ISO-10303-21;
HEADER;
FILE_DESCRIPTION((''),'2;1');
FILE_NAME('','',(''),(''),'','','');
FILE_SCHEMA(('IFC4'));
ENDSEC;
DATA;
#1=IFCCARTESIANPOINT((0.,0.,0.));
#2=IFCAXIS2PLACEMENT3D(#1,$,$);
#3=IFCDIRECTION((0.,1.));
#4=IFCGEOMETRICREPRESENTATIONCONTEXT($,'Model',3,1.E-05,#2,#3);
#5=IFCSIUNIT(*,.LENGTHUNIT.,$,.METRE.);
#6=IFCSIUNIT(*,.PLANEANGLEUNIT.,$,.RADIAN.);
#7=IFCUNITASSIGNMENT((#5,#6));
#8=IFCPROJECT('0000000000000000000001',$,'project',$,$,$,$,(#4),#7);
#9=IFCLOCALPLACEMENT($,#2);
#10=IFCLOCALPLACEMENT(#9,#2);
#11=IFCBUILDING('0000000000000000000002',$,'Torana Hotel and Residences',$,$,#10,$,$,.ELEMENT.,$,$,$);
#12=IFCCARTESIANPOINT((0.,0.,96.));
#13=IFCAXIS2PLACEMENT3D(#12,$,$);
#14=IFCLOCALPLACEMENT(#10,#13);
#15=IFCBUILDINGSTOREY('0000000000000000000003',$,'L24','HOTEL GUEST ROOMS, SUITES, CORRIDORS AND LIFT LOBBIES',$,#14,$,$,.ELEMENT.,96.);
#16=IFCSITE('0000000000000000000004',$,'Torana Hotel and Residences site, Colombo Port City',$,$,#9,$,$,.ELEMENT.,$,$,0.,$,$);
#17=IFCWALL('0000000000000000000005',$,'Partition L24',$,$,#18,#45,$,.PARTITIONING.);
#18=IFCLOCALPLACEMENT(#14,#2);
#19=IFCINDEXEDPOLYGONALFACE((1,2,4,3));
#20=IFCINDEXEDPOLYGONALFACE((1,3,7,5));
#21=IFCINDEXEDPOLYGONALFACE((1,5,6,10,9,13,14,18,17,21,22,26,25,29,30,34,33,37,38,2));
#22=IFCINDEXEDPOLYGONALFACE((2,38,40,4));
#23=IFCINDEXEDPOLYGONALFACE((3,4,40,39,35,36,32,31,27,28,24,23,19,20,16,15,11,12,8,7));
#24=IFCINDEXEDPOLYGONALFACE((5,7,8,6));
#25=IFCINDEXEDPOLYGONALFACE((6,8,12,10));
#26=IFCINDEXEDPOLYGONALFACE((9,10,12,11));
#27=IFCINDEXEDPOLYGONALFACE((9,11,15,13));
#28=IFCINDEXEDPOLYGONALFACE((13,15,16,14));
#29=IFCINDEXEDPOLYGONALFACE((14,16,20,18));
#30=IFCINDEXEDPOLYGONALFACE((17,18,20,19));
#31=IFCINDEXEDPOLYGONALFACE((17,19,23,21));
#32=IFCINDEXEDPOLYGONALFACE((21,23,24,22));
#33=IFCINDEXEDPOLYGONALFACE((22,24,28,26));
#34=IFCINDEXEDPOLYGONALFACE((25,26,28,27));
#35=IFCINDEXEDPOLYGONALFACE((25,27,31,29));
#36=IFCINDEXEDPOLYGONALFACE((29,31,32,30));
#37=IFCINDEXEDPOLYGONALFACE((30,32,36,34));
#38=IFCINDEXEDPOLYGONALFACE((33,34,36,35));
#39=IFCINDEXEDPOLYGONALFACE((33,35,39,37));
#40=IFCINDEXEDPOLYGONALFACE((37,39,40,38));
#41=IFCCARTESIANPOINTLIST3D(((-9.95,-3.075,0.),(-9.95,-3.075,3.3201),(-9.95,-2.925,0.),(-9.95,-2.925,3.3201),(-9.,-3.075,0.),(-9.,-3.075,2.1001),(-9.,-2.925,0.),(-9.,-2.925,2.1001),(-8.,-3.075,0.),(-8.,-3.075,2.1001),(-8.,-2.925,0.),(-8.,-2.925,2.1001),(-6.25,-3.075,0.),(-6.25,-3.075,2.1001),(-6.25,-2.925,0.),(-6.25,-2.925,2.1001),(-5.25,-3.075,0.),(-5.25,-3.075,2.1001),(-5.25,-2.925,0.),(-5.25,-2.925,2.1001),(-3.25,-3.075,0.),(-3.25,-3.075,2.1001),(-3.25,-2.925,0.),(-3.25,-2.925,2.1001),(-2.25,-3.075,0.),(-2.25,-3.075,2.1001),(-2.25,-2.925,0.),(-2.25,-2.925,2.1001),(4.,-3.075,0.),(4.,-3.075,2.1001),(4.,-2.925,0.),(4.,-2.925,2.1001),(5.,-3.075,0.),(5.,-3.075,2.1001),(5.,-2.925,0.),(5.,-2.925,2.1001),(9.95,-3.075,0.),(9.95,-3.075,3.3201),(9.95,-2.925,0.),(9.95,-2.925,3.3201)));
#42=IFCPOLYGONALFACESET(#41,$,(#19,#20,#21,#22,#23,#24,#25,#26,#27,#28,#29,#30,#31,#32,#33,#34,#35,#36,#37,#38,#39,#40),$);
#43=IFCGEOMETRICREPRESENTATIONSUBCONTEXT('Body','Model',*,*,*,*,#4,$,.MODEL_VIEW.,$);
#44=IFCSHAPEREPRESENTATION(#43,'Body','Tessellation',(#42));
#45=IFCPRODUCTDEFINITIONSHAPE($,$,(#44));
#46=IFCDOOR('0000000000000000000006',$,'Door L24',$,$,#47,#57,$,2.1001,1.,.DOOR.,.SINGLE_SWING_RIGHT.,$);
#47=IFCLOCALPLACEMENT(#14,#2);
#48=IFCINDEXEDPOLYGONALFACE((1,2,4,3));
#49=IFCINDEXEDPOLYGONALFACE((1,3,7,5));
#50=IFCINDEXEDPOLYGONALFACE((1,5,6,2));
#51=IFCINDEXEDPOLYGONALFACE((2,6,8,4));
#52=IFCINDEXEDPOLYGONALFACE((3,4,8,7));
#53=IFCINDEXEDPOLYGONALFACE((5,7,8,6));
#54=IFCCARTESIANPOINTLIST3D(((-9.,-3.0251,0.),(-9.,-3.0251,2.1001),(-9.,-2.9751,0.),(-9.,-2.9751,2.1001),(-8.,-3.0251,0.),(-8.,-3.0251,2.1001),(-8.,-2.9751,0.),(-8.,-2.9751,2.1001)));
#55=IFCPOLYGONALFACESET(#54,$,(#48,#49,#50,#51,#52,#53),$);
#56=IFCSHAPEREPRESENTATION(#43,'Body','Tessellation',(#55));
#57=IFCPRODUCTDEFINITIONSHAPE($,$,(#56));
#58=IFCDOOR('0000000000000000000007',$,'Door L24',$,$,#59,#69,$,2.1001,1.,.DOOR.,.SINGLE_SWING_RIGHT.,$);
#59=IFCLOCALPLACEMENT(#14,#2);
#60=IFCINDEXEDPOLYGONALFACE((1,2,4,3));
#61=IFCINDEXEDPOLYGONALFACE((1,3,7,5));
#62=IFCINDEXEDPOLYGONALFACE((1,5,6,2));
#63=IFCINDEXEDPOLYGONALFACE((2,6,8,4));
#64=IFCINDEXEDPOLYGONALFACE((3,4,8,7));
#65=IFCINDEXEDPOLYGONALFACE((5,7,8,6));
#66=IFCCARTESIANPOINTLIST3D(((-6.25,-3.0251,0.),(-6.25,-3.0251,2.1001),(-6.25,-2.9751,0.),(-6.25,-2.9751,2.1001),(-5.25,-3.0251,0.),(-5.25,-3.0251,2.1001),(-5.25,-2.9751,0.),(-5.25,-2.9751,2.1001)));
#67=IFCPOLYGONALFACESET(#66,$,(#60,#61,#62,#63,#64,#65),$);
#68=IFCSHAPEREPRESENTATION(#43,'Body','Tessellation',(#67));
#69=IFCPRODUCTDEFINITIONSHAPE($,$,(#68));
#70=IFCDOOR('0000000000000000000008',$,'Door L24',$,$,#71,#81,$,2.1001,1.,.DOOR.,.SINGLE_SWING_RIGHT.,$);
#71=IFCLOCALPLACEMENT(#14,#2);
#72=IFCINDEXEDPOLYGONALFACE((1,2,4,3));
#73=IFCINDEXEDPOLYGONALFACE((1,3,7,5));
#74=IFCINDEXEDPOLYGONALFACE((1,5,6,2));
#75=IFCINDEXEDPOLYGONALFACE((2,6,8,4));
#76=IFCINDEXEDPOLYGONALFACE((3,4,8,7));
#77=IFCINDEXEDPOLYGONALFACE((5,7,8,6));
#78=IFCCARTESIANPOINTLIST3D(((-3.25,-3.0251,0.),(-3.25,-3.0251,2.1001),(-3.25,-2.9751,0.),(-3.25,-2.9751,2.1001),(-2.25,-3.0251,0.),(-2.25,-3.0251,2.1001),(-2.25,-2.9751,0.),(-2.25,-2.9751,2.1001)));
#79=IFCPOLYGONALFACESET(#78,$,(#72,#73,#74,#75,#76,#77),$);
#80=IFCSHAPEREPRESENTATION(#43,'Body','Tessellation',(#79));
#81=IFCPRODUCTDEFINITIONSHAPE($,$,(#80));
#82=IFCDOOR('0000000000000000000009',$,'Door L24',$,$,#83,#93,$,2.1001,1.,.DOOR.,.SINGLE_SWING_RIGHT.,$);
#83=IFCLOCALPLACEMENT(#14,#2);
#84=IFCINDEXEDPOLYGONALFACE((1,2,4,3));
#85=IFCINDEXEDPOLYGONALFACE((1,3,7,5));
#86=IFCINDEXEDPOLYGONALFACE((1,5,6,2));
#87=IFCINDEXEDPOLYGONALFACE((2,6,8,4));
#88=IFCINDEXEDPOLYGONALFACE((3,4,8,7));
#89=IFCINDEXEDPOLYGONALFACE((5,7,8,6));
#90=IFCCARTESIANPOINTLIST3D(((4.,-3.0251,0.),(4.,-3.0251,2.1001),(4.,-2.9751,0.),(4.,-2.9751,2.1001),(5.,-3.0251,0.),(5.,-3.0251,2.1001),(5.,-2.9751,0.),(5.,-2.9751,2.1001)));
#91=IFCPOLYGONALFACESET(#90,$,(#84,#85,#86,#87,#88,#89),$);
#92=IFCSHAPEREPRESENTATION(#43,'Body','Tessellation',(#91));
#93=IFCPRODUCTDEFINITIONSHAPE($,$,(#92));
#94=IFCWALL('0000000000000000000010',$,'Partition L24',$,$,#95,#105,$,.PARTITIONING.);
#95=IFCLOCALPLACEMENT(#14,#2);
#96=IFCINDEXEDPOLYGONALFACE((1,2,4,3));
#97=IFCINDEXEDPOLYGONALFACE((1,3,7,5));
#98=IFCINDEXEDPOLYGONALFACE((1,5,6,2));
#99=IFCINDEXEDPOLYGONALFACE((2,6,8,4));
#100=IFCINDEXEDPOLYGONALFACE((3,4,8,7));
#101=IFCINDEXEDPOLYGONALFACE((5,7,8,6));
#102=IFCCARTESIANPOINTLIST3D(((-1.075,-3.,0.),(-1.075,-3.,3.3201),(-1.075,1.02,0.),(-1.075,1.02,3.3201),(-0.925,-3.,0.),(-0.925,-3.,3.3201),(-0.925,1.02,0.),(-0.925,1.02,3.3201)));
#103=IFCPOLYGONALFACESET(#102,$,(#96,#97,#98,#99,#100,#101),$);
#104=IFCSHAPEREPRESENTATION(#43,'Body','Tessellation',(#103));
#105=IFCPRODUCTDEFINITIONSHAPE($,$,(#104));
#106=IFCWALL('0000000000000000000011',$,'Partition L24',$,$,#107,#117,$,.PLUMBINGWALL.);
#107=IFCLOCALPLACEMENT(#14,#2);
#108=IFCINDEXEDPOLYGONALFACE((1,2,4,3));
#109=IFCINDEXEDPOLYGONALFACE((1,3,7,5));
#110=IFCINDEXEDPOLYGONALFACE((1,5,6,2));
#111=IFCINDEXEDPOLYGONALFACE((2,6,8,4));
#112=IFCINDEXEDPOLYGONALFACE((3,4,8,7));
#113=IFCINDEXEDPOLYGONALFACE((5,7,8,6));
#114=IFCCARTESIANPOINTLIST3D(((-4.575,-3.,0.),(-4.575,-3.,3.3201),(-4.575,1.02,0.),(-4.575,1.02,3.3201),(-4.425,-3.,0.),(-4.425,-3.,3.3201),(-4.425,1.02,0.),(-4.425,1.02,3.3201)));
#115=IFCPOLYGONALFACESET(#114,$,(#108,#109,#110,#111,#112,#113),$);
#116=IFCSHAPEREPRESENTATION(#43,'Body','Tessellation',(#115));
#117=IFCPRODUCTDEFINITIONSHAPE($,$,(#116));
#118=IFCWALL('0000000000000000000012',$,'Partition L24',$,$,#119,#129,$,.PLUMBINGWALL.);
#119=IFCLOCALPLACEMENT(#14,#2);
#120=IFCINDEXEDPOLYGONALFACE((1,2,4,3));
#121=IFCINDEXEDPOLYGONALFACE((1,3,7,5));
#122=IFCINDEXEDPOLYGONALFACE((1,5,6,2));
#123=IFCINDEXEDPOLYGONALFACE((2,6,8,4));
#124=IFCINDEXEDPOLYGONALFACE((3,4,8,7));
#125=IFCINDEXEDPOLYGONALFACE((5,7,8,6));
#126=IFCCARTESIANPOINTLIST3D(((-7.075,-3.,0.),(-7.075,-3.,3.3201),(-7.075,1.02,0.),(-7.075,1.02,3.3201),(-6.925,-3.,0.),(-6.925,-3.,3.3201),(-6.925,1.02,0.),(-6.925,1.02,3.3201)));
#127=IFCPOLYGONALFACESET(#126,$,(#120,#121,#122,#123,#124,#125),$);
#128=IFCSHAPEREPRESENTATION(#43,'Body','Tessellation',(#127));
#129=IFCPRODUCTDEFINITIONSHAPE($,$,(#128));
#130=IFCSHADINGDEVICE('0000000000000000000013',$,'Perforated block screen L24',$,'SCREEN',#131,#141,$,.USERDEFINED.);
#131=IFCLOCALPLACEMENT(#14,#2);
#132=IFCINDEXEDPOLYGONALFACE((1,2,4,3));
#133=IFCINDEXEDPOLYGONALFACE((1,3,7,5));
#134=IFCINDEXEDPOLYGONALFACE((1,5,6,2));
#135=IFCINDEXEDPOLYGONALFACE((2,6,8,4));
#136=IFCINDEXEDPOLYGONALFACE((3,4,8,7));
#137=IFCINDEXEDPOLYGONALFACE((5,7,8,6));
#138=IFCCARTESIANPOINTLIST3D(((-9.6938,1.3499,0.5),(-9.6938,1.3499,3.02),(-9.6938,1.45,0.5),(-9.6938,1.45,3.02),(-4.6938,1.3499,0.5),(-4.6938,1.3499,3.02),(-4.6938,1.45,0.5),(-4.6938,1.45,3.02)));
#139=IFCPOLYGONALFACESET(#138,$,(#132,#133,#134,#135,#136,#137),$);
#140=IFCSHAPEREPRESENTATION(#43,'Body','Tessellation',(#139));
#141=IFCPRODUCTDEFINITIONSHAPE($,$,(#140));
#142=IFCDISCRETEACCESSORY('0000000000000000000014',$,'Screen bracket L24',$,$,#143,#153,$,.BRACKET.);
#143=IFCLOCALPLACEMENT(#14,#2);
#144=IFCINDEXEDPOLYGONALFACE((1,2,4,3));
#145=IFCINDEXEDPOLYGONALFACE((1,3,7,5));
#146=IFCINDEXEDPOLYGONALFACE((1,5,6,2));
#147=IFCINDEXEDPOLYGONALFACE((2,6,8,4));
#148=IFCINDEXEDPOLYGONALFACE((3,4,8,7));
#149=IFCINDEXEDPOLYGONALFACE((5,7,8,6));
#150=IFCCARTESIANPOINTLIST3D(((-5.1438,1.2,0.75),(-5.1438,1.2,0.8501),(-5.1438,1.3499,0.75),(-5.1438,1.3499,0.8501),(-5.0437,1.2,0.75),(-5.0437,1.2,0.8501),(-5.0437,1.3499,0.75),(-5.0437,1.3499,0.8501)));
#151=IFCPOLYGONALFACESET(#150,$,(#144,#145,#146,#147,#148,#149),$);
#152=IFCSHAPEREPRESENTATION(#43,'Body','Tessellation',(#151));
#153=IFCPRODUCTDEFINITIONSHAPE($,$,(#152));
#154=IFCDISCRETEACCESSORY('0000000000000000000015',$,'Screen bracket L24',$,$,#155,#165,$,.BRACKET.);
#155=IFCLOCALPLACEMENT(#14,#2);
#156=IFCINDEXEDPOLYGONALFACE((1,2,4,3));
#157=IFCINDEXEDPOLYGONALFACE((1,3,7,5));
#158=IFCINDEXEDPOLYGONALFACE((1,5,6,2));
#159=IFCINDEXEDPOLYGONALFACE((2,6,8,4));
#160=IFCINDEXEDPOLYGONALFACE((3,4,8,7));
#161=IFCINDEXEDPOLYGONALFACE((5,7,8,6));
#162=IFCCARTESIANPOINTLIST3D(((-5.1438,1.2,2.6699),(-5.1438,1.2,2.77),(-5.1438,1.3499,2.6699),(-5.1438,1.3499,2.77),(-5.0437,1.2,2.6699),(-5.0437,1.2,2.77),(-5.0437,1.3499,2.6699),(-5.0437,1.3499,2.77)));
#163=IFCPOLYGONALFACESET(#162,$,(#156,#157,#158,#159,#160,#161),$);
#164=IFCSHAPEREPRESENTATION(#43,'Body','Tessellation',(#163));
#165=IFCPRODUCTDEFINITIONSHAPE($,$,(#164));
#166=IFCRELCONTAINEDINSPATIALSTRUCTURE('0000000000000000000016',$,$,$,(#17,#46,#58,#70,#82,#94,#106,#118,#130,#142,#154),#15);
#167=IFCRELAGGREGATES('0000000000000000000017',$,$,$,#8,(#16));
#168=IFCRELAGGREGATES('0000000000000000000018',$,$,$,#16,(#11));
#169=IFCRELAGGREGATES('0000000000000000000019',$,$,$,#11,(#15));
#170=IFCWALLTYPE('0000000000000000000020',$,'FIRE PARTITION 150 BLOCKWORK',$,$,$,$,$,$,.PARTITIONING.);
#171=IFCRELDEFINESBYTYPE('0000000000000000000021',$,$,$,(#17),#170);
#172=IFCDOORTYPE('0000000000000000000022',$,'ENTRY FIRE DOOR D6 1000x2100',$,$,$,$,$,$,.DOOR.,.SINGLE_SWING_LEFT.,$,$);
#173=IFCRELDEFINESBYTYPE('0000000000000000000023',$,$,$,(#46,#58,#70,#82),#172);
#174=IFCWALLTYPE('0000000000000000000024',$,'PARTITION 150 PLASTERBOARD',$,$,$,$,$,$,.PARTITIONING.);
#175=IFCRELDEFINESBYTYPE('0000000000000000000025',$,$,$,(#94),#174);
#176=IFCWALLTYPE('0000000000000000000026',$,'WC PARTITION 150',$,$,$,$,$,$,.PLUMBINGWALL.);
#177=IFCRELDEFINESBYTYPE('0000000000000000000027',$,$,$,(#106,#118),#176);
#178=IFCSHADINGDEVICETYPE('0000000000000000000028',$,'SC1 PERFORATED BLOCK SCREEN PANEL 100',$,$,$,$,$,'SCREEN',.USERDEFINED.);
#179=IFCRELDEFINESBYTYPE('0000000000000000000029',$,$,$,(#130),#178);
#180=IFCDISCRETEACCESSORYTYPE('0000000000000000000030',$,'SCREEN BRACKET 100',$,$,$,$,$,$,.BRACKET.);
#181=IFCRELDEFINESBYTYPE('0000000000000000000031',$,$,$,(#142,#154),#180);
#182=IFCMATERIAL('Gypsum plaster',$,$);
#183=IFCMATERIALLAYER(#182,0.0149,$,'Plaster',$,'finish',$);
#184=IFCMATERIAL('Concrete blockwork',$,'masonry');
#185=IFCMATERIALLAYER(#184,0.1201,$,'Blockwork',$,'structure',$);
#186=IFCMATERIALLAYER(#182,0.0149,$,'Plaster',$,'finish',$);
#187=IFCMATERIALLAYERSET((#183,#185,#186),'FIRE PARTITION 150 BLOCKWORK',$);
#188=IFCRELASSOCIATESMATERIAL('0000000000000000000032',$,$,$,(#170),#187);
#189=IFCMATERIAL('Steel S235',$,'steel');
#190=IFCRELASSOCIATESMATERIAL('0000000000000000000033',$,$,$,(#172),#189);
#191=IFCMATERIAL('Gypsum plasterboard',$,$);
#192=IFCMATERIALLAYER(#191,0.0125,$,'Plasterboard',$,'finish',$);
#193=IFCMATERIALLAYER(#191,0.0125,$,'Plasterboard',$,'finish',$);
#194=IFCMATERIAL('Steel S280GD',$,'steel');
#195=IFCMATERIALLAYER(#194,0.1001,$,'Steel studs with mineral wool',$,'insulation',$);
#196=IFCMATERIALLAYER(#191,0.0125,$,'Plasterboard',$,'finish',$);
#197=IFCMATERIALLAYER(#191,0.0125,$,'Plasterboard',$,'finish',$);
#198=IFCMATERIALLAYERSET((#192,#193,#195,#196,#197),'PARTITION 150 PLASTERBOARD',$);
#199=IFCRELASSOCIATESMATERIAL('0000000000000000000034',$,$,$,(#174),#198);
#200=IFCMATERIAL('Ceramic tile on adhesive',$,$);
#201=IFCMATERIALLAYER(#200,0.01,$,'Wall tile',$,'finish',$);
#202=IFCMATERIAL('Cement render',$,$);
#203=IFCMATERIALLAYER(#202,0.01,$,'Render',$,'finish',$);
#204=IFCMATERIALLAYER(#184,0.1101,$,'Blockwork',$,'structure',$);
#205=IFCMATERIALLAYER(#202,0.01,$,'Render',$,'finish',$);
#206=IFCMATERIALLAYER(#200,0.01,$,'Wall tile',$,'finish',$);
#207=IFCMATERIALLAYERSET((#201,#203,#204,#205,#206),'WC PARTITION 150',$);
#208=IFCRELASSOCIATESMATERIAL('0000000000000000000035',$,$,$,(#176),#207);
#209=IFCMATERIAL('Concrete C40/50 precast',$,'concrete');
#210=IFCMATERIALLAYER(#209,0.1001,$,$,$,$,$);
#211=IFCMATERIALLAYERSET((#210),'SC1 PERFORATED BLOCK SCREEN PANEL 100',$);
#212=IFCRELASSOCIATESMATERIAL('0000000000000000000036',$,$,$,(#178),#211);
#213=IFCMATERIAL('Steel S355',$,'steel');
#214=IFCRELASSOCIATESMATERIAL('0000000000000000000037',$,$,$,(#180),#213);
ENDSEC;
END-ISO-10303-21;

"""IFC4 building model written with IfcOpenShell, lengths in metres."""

from ifc_helpers import new_model, si_unit, direction, frame, frame_2d, origin, origin_2d, place, context, subcontext, project, spatial, rectangle, extrude, material, layer, layer_set, type_object, element, fill, save


model = new_model("IFC4")

# Units and contexts
model_context = context("Model", 3, precision=1e-05, world=origin(), true_north=direction((0.0, 1.0)))
body_context = subcontext(model_context, "Body", "Model", "MODEL_VIEW")
ifc_project = project(units=[si_unit("LENGTHUNIT", "METRE"), si_unit("PLANEANGLEUNIT", "RADIAN")], contexts=[model_context])

# Site, building, storey
site_placement = place(None, origin())
site = spatial("IfcSite", under=ifc_project, at=site_placement, Name="Torana Hotel and Residences site, Colombo Port City", CompositionType="ELEMENT", RefElevation=0.0)
building_placement = place(site_placement, origin())
building = spatial("IfcBuilding", under=site, at=building_placement, Name="Torana Hotel and Residences", CompositionType="ELEMENT")
storey_placement = place(building_placement, frame((0.0, 0.0, 96.0)))
storey = spatial("IfcBuildingStorey", under=building, at=storey_placement, Name="L24", Description="HOTEL GUEST ROOMS, SUITES, CORRIDORS AND LIFT LOBBIES", CompositionType="ELEMENT", Elevation=96.0)

# Shared definitions
ifc_material_1 = material(Name="Gypsum plaster")
ifc_layer_1 = layer(ifc_material_1, 0.0149, Name="Plaster", Category="finish")
ifc_material_2 = material(Name="Concrete blockwork", Category="masonry")
ifc_layer_2 = layer(ifc_material_2, 0.1201, Name="Blockwork", Category="structure")
ifc_layer_3 = layer(ifc_material_1, 0.0149, Name="Plaster", Category="finish")
ifc_layer_set_1 = layer_set([ifc_layer_1, ifc_layer_2, ifc_layer_3], Name="FIRE PARTITION 150 BLOCKWORK")
wall_type_1 = type_object("IfcWallType", Name="FIRE PARTITION 150 BLOCKWORK", PredefinedType="PARTITIONING", material=ifc_layer_set_1)

# Wall, openings, doors
ifc_material_3 = material(Name="Steel S235", Category="steel")
door_type = type_object("IfcDoorType", Name="ENTRY FIRE DOOR D6 1000x2100", OperationType="SINGLE_SWING_LEFT", PredefinedType="DOOR", material=ifc_material_3)
wall_1_placement = place(storey_placement, frame((-9.95, -3.0, 0.0), z_axis=(0.0, 0.0, 1.0), x_axis=(1.0, 0.0, 0.0)))
wall_1 = element("IfcWall", 1, at=wall_1_placement, inside=storey, type_object=wall_type_1, Name="Partition L24", PredefinedType="PARTITIONING", context=body_context, shape_type="SweptSolid", body=[
    extrude(rectangle(XDim=19.8999, YDim=0.1499, at=frame_2d((9.95, 0.0))), origin(), (0.0, 0.0, 1.0), 3.3201),
])
opening_1_placement = place(wall_1_placement, frame((0.95, 0.0, 0.0)))
opening_1 = element("IfcOpeningElement", 2, at=opening_1_placement, cuts=wall_1, PredefinedType="OPENING", context=body_context, shape_type="SweptSolid", body=[
    extrude(rectangle(XDim=1.0, YDim=2.1001, at=frame_2d((0.5, 1.05))), frame((0.0, 0.085, 0.0), z_axis=(0.0, -1.0, 0.0), x_axis=(1.0, 0.0, 0.0)), (0.0, 0.0, 1.0), 0.1699),
])
opening_2_placement = place(wall_1_placement, frame((3.7, 0.0, 0.0)))
opening_2 = element("IfcOpeningElement", 3, at=opening_2_placement, cuts=wall_1, PredefinedType="OPENING", context=body_context, shape_type="SweptSolid", body=[
    extrude(rectangle(XDim=1.0, YDim=2.1001, at=frame_2d((0.5, 1.05))), frame((0.0, 0.085, 0.0), z_axis=(0.0, -1.0, 0.0), x_axis=(1.0, 0.0, 0.0)), (0.0, 0.0, 1.0), 0.1699),
])
opening_3_placement = place(wall_1_placement, frame((6.7, 0.0, 0.0)))
opening_3 = element("IfcOpeningElement", 4, at=opening_3_placement, cuts=wall_1, PredefinedType="OPENING", context=body_context, shape_type="SweptSolid", body=[
    extrude(rectangle(XDim=1.0, YDim=2.1001, at=frame_2d((0.5, 1.05))), frame((0.0, 0.085, 0.0), z_axis=(0.0, -1.0, 0.0), x_axis=(1.0, 0.0, 0.0)), (0.0, 0.0, 1.0), 0.1699),
])
opening_4_placement = place(wall_1_placement, frame((13.95, 0.0, 0.0)))
opening_4 = element("IfcOpeningElement", 5, at=opening_4_placement, cuts=wall_1, PredefinedType="OPENING", context=body_context, shape_type="SweptSolid", body=[
    extrude(rectangle(XDim=1.0, YDim=2.1001, at=frame_2d((0.5, 1.05))), frame((0.0, 0.085, 0.0), z_axis=(0.0, -1.0, 0.0), x_axis=(1.0, 0.0, 0.0)), (0.0, 0.0, 1.0), 0.1699),
])
door_1_placement = place(opening_1_placement, origin())
door_1 = element("IfcDoor", 6, at=door_1_placement, inside=storey, type_object=door_type, Name="Door L24", OperationType="SINGLE_SWING_RIGHT", OverallHeight=2.1001, OverallWidth=1.0, PredefinedType="DOOR", context=body_context, shape_type="SweptSolid", body=[
    extrude(rectangle(XDim=1.0, YDim=2.1001, at=frame_2d((0.5, 1.05))), frame((0.0, 0.0249, 0.0), z_axis=(0.0, -1.0, 0.0), x_axis=(1.0, 0.0, 0.0)), (0.0, 0.0, 1.0), 0.05),
])
fill(opening_1, door_1)
door_2_placement = place(opening_2_placement, origin())
door_2 = element("IfcDoor", 7, at=door_2_placement, inside=storey, type_object=door_type, Name="Door L24", OperationType="SINGLE_SWING_RIGHT", OverallHeight=2.1001, OverallWidth=1.0, PredefinedType="DOOR", context=body_context, shape_type="SweptSolid", body=[
    extrude(rectangle(XDim=1.0, YDim=2.1001, at=frame_2d((0.5, 1.05))), frame((0.0, 0.0249, 0.0), z_axis=(0.0, -1.0, 0.0), x_axis=(1.0, 0.0, 0.0)), (0.0, 0.0, 1.0), 0.05),
])
fill(opening_2, door_2)
door_3_placement = place(opening_3_placement, origin())
door_3 = element("IfcDoor", 8, at=door_3_placement, inside=storey, type_object=door_type, Name="Door L24", OperationType="SINGLE_SWING_RIGHT", OverallHeight=2.1001, OverallWidth=1.0, PredefinedType="DOOR", context=body_context, shape_type="SweptSolid", body=[
    extrude(rectangle(XDim=1.0, YDim=2.1001, at=frame_2d((0.5, 1.05))), frame((0.0, 0.0249, 0.0), z_axis=(0.0, -1.0, 0.0), x_axis=(1.0, 0.0, 0.0)), (0.0, 0.0, 1.0), 0.05),
])
fill(opening_3, door_3)
door_4_placement = place(opening_4_placement, origin())
door_4 = element("IfcDoor", 9, at=door_4_placement, inside=storey, type_object=door_type, Name="Door L24", OperationType="SINGLE_SWING_RIGHT", OverallHeight=2.1001, OverallWidth=1.0, PredefinedType="DOOR", context=body_context, shape_type="SweptSolid", body=[
    extrude(rectangle(XDim=1.0, YDim=2.1001, at=frame_2d((0.5, 1.05))), frame((0.0, 0.0249, 0.0), z_axis=(0.0, -1.0, 0.0), x_axis=(1.0, 0.0, 0.0)), (0.0, 0.0, 1.0), 0.05),
])
fill(opening_4, door_4)

# Walls
ifc_material_4 = material(Name="Gypsum plasterboard")
ifc_layer_4 = layer(ifc_material_4, 0.0125, Name="Plasterboard", Category="finish")
ifc_layer_5 = layer(ifc_material_4, 0.0125, Name="Plasterboard", Category="finish")
ifc_material_5 = material(Name="Steel S280GD", Category="steel")
ifc_layer_6 = layer(ifc_material_5, 0.1001, Name="Steel studs with mineral wool", Category="insulation")
ifc_layer_7 = layer(ifc_material_4, 0.0125, Name="Plasterboard", Category="finish")
ifc_layer_8 = layer(ifc_material_4, 0.0125, Name="Plasterboard", Category="finish")
ifc_layer_set_2 = layer_set([ifc_layer_4, ifc_layer_5, ifc_layer_6, ifc_layer_7, ifc_layer_8], Name="PARTITION 150 PLASTERBOARD")
wall_type_2 = type_object("IfcWallType", Name="PARTITION 150 PLASTERBOARD", PredefinedType="PARTITIONING", material=ifc_layer_set_2)
wall_2_placement = place(storey_placement, frame((-1.0, -3.0, 0.0), z_axis=(0.0, 0.0, 1.0), x_axis=(0.0, 1.0, 0.0)))
element("IfcWall", 10, at=wall_2_placement, inside=storey, type_object=wall_type_2, Name="Partition L24", PredefinedType="PARTITIONING", context=body_context, shape_type="SweptSolid", body=[
    extrude(rectangle(XDim=4.02, YDim=0.1499, at=frame_2d((2.01, 0.0))), origin(), (0.0, 0.0, 1.0), 3.3201),
])
ifc_material_6 = material(Name="Ceramic tile on adhesive")
ifc_layer_9 = layer(ifc_material_6, 0.01, Name="Wall tile", Category="finish")
ifc_material_7 = material(Name="Cement render")
ifc_layer_10 = layer(ifc_material_7, 0.01, Name="Render", Category="finish")
ifc_layer_11 = layer(ifc_material_2, 0.1101, Name="Blockwork", Category="structure")
ifc_layer_12 = layer(ifc_material_7, 0.01, Name="Render", Category="finish")
ifc_layer_13 = layer(ifc_material_6, 0.01, Name="Wall tile", Category="finish")
ifc_layer_set_3 = layer_set([ifc_layer_9, ifc_layer_10, ifc_layer_11, ifc_layer_12, ifc_layer_13], Name="WC PARTITION 150")
wall_type_3 = type_object("IfcWallType", Name="WC PARTITION 150", PredefinedType="PLUMBINGWALL", material=ifc_layer_set_3)
for number, where, z_axis, x_axis, name in (
    (11, (-4.5, -3.0, 0.0), (0.0, 0.0, 1.0), (0.0, 1.0, 0.0), "Partition L24"),
    (12, (-7.0, -3.0, 0.0), (0.0, 0.0, 1.0), (0.0, 1.0, 0.0), "Partition L24"),
):
    element("IfcWall", number, at=place(storey_placement, frame(where, z_axis=z_axis, x_axis=x_axis)), inside=storey, type_object=wall_type_3, Name=name, PredefinedType="PLUMBINGWALL", context=body_context, shape_type="SweptSolid", body=[
        extrude(rectangle(XDim=4.02, YDim=0.1499, at=frame_2d((2.01, 0.0))), origin(), (0.0, 0.0, 1.0), 3.3201),
    ])

# Shading device
ifc_material_8 = material(Name="Concrete C40/50 precast", Category="concrete")
ifc_layer_14 = layer(ifc_material_8, 0.1001)
ifc_layer_set_4 = layer_set([ifc_layer_14], Name="SC1 PERFORATED BLOCK SCREEN PANEL 100")
shading_device_type = type_object("IfcShadingDeviceType", Name="SC1 PERFORATED BLOCK SCREEN PANEL 100", ElementType="SCREEN", PredefinedType="USERDEFINED", material=ifc_layer_set_4)
shading_device_placement = place(storey_placement, frame((-7.1938, 1.3999, 0.5), z_axis=(0.0, 0.0, 1.0), x_axis=(-1.0, 0.0, 0.0)))
element("IfcShadingDevice", 13, at=shading_device_placement, inside=storey, type_object=shading_device_type, Name="Perforated block screen L24", ObjectType="SCREEN", PredefinedType="USERDEFINED", context=body_context, shape_type="SweptSolid", body=[
    extrude(rectangle(XDim=5.0, YDim=0.1001, at=origin_2d()), origin(), (0.0, 0.0, 1.0), 2.52),
])

# Discrete accessories
ifc_material_9 = material(Name="Steel S355", Category="steel")
discrete_accessory_type = type_object("IfcDiscreteAccessoryType", Name="SCREEN BRACKET 100", PredefinedType="BRACKET", material=ifc_material_9)
for number, where, z_axis, x_axis, name in (
    (14, (-5.0938, 1.2749, 0.75), (0.0, 0.0, 1.0), (-1.0, 0.0, 0.0), "Screen bracket L24"),
    (15, (-5.0938, 1.2749, 2.6699), (0.0, 0.0, 1.0), (-1.0, 0.0, 0.0), "Screen bracket L24"),
):
    element("IfcDiscreteAccessory", number, at=place(storey_placement, frame(where, z_axis=z_axis, x_axis=x_axis)), inside=storey, type_object=discrete_accessory_type, Name=name, PredefinedType="BRACKET", context=body_context, shape_type="SweptSolid", body=[
        extrude(rectangle(XDim=0.1001, YDim=0.1499, at=origin_2d()), origin(), (0.0, 0.0, 1.0), 0.1001),
    ])

save(model, "model.ifc")
